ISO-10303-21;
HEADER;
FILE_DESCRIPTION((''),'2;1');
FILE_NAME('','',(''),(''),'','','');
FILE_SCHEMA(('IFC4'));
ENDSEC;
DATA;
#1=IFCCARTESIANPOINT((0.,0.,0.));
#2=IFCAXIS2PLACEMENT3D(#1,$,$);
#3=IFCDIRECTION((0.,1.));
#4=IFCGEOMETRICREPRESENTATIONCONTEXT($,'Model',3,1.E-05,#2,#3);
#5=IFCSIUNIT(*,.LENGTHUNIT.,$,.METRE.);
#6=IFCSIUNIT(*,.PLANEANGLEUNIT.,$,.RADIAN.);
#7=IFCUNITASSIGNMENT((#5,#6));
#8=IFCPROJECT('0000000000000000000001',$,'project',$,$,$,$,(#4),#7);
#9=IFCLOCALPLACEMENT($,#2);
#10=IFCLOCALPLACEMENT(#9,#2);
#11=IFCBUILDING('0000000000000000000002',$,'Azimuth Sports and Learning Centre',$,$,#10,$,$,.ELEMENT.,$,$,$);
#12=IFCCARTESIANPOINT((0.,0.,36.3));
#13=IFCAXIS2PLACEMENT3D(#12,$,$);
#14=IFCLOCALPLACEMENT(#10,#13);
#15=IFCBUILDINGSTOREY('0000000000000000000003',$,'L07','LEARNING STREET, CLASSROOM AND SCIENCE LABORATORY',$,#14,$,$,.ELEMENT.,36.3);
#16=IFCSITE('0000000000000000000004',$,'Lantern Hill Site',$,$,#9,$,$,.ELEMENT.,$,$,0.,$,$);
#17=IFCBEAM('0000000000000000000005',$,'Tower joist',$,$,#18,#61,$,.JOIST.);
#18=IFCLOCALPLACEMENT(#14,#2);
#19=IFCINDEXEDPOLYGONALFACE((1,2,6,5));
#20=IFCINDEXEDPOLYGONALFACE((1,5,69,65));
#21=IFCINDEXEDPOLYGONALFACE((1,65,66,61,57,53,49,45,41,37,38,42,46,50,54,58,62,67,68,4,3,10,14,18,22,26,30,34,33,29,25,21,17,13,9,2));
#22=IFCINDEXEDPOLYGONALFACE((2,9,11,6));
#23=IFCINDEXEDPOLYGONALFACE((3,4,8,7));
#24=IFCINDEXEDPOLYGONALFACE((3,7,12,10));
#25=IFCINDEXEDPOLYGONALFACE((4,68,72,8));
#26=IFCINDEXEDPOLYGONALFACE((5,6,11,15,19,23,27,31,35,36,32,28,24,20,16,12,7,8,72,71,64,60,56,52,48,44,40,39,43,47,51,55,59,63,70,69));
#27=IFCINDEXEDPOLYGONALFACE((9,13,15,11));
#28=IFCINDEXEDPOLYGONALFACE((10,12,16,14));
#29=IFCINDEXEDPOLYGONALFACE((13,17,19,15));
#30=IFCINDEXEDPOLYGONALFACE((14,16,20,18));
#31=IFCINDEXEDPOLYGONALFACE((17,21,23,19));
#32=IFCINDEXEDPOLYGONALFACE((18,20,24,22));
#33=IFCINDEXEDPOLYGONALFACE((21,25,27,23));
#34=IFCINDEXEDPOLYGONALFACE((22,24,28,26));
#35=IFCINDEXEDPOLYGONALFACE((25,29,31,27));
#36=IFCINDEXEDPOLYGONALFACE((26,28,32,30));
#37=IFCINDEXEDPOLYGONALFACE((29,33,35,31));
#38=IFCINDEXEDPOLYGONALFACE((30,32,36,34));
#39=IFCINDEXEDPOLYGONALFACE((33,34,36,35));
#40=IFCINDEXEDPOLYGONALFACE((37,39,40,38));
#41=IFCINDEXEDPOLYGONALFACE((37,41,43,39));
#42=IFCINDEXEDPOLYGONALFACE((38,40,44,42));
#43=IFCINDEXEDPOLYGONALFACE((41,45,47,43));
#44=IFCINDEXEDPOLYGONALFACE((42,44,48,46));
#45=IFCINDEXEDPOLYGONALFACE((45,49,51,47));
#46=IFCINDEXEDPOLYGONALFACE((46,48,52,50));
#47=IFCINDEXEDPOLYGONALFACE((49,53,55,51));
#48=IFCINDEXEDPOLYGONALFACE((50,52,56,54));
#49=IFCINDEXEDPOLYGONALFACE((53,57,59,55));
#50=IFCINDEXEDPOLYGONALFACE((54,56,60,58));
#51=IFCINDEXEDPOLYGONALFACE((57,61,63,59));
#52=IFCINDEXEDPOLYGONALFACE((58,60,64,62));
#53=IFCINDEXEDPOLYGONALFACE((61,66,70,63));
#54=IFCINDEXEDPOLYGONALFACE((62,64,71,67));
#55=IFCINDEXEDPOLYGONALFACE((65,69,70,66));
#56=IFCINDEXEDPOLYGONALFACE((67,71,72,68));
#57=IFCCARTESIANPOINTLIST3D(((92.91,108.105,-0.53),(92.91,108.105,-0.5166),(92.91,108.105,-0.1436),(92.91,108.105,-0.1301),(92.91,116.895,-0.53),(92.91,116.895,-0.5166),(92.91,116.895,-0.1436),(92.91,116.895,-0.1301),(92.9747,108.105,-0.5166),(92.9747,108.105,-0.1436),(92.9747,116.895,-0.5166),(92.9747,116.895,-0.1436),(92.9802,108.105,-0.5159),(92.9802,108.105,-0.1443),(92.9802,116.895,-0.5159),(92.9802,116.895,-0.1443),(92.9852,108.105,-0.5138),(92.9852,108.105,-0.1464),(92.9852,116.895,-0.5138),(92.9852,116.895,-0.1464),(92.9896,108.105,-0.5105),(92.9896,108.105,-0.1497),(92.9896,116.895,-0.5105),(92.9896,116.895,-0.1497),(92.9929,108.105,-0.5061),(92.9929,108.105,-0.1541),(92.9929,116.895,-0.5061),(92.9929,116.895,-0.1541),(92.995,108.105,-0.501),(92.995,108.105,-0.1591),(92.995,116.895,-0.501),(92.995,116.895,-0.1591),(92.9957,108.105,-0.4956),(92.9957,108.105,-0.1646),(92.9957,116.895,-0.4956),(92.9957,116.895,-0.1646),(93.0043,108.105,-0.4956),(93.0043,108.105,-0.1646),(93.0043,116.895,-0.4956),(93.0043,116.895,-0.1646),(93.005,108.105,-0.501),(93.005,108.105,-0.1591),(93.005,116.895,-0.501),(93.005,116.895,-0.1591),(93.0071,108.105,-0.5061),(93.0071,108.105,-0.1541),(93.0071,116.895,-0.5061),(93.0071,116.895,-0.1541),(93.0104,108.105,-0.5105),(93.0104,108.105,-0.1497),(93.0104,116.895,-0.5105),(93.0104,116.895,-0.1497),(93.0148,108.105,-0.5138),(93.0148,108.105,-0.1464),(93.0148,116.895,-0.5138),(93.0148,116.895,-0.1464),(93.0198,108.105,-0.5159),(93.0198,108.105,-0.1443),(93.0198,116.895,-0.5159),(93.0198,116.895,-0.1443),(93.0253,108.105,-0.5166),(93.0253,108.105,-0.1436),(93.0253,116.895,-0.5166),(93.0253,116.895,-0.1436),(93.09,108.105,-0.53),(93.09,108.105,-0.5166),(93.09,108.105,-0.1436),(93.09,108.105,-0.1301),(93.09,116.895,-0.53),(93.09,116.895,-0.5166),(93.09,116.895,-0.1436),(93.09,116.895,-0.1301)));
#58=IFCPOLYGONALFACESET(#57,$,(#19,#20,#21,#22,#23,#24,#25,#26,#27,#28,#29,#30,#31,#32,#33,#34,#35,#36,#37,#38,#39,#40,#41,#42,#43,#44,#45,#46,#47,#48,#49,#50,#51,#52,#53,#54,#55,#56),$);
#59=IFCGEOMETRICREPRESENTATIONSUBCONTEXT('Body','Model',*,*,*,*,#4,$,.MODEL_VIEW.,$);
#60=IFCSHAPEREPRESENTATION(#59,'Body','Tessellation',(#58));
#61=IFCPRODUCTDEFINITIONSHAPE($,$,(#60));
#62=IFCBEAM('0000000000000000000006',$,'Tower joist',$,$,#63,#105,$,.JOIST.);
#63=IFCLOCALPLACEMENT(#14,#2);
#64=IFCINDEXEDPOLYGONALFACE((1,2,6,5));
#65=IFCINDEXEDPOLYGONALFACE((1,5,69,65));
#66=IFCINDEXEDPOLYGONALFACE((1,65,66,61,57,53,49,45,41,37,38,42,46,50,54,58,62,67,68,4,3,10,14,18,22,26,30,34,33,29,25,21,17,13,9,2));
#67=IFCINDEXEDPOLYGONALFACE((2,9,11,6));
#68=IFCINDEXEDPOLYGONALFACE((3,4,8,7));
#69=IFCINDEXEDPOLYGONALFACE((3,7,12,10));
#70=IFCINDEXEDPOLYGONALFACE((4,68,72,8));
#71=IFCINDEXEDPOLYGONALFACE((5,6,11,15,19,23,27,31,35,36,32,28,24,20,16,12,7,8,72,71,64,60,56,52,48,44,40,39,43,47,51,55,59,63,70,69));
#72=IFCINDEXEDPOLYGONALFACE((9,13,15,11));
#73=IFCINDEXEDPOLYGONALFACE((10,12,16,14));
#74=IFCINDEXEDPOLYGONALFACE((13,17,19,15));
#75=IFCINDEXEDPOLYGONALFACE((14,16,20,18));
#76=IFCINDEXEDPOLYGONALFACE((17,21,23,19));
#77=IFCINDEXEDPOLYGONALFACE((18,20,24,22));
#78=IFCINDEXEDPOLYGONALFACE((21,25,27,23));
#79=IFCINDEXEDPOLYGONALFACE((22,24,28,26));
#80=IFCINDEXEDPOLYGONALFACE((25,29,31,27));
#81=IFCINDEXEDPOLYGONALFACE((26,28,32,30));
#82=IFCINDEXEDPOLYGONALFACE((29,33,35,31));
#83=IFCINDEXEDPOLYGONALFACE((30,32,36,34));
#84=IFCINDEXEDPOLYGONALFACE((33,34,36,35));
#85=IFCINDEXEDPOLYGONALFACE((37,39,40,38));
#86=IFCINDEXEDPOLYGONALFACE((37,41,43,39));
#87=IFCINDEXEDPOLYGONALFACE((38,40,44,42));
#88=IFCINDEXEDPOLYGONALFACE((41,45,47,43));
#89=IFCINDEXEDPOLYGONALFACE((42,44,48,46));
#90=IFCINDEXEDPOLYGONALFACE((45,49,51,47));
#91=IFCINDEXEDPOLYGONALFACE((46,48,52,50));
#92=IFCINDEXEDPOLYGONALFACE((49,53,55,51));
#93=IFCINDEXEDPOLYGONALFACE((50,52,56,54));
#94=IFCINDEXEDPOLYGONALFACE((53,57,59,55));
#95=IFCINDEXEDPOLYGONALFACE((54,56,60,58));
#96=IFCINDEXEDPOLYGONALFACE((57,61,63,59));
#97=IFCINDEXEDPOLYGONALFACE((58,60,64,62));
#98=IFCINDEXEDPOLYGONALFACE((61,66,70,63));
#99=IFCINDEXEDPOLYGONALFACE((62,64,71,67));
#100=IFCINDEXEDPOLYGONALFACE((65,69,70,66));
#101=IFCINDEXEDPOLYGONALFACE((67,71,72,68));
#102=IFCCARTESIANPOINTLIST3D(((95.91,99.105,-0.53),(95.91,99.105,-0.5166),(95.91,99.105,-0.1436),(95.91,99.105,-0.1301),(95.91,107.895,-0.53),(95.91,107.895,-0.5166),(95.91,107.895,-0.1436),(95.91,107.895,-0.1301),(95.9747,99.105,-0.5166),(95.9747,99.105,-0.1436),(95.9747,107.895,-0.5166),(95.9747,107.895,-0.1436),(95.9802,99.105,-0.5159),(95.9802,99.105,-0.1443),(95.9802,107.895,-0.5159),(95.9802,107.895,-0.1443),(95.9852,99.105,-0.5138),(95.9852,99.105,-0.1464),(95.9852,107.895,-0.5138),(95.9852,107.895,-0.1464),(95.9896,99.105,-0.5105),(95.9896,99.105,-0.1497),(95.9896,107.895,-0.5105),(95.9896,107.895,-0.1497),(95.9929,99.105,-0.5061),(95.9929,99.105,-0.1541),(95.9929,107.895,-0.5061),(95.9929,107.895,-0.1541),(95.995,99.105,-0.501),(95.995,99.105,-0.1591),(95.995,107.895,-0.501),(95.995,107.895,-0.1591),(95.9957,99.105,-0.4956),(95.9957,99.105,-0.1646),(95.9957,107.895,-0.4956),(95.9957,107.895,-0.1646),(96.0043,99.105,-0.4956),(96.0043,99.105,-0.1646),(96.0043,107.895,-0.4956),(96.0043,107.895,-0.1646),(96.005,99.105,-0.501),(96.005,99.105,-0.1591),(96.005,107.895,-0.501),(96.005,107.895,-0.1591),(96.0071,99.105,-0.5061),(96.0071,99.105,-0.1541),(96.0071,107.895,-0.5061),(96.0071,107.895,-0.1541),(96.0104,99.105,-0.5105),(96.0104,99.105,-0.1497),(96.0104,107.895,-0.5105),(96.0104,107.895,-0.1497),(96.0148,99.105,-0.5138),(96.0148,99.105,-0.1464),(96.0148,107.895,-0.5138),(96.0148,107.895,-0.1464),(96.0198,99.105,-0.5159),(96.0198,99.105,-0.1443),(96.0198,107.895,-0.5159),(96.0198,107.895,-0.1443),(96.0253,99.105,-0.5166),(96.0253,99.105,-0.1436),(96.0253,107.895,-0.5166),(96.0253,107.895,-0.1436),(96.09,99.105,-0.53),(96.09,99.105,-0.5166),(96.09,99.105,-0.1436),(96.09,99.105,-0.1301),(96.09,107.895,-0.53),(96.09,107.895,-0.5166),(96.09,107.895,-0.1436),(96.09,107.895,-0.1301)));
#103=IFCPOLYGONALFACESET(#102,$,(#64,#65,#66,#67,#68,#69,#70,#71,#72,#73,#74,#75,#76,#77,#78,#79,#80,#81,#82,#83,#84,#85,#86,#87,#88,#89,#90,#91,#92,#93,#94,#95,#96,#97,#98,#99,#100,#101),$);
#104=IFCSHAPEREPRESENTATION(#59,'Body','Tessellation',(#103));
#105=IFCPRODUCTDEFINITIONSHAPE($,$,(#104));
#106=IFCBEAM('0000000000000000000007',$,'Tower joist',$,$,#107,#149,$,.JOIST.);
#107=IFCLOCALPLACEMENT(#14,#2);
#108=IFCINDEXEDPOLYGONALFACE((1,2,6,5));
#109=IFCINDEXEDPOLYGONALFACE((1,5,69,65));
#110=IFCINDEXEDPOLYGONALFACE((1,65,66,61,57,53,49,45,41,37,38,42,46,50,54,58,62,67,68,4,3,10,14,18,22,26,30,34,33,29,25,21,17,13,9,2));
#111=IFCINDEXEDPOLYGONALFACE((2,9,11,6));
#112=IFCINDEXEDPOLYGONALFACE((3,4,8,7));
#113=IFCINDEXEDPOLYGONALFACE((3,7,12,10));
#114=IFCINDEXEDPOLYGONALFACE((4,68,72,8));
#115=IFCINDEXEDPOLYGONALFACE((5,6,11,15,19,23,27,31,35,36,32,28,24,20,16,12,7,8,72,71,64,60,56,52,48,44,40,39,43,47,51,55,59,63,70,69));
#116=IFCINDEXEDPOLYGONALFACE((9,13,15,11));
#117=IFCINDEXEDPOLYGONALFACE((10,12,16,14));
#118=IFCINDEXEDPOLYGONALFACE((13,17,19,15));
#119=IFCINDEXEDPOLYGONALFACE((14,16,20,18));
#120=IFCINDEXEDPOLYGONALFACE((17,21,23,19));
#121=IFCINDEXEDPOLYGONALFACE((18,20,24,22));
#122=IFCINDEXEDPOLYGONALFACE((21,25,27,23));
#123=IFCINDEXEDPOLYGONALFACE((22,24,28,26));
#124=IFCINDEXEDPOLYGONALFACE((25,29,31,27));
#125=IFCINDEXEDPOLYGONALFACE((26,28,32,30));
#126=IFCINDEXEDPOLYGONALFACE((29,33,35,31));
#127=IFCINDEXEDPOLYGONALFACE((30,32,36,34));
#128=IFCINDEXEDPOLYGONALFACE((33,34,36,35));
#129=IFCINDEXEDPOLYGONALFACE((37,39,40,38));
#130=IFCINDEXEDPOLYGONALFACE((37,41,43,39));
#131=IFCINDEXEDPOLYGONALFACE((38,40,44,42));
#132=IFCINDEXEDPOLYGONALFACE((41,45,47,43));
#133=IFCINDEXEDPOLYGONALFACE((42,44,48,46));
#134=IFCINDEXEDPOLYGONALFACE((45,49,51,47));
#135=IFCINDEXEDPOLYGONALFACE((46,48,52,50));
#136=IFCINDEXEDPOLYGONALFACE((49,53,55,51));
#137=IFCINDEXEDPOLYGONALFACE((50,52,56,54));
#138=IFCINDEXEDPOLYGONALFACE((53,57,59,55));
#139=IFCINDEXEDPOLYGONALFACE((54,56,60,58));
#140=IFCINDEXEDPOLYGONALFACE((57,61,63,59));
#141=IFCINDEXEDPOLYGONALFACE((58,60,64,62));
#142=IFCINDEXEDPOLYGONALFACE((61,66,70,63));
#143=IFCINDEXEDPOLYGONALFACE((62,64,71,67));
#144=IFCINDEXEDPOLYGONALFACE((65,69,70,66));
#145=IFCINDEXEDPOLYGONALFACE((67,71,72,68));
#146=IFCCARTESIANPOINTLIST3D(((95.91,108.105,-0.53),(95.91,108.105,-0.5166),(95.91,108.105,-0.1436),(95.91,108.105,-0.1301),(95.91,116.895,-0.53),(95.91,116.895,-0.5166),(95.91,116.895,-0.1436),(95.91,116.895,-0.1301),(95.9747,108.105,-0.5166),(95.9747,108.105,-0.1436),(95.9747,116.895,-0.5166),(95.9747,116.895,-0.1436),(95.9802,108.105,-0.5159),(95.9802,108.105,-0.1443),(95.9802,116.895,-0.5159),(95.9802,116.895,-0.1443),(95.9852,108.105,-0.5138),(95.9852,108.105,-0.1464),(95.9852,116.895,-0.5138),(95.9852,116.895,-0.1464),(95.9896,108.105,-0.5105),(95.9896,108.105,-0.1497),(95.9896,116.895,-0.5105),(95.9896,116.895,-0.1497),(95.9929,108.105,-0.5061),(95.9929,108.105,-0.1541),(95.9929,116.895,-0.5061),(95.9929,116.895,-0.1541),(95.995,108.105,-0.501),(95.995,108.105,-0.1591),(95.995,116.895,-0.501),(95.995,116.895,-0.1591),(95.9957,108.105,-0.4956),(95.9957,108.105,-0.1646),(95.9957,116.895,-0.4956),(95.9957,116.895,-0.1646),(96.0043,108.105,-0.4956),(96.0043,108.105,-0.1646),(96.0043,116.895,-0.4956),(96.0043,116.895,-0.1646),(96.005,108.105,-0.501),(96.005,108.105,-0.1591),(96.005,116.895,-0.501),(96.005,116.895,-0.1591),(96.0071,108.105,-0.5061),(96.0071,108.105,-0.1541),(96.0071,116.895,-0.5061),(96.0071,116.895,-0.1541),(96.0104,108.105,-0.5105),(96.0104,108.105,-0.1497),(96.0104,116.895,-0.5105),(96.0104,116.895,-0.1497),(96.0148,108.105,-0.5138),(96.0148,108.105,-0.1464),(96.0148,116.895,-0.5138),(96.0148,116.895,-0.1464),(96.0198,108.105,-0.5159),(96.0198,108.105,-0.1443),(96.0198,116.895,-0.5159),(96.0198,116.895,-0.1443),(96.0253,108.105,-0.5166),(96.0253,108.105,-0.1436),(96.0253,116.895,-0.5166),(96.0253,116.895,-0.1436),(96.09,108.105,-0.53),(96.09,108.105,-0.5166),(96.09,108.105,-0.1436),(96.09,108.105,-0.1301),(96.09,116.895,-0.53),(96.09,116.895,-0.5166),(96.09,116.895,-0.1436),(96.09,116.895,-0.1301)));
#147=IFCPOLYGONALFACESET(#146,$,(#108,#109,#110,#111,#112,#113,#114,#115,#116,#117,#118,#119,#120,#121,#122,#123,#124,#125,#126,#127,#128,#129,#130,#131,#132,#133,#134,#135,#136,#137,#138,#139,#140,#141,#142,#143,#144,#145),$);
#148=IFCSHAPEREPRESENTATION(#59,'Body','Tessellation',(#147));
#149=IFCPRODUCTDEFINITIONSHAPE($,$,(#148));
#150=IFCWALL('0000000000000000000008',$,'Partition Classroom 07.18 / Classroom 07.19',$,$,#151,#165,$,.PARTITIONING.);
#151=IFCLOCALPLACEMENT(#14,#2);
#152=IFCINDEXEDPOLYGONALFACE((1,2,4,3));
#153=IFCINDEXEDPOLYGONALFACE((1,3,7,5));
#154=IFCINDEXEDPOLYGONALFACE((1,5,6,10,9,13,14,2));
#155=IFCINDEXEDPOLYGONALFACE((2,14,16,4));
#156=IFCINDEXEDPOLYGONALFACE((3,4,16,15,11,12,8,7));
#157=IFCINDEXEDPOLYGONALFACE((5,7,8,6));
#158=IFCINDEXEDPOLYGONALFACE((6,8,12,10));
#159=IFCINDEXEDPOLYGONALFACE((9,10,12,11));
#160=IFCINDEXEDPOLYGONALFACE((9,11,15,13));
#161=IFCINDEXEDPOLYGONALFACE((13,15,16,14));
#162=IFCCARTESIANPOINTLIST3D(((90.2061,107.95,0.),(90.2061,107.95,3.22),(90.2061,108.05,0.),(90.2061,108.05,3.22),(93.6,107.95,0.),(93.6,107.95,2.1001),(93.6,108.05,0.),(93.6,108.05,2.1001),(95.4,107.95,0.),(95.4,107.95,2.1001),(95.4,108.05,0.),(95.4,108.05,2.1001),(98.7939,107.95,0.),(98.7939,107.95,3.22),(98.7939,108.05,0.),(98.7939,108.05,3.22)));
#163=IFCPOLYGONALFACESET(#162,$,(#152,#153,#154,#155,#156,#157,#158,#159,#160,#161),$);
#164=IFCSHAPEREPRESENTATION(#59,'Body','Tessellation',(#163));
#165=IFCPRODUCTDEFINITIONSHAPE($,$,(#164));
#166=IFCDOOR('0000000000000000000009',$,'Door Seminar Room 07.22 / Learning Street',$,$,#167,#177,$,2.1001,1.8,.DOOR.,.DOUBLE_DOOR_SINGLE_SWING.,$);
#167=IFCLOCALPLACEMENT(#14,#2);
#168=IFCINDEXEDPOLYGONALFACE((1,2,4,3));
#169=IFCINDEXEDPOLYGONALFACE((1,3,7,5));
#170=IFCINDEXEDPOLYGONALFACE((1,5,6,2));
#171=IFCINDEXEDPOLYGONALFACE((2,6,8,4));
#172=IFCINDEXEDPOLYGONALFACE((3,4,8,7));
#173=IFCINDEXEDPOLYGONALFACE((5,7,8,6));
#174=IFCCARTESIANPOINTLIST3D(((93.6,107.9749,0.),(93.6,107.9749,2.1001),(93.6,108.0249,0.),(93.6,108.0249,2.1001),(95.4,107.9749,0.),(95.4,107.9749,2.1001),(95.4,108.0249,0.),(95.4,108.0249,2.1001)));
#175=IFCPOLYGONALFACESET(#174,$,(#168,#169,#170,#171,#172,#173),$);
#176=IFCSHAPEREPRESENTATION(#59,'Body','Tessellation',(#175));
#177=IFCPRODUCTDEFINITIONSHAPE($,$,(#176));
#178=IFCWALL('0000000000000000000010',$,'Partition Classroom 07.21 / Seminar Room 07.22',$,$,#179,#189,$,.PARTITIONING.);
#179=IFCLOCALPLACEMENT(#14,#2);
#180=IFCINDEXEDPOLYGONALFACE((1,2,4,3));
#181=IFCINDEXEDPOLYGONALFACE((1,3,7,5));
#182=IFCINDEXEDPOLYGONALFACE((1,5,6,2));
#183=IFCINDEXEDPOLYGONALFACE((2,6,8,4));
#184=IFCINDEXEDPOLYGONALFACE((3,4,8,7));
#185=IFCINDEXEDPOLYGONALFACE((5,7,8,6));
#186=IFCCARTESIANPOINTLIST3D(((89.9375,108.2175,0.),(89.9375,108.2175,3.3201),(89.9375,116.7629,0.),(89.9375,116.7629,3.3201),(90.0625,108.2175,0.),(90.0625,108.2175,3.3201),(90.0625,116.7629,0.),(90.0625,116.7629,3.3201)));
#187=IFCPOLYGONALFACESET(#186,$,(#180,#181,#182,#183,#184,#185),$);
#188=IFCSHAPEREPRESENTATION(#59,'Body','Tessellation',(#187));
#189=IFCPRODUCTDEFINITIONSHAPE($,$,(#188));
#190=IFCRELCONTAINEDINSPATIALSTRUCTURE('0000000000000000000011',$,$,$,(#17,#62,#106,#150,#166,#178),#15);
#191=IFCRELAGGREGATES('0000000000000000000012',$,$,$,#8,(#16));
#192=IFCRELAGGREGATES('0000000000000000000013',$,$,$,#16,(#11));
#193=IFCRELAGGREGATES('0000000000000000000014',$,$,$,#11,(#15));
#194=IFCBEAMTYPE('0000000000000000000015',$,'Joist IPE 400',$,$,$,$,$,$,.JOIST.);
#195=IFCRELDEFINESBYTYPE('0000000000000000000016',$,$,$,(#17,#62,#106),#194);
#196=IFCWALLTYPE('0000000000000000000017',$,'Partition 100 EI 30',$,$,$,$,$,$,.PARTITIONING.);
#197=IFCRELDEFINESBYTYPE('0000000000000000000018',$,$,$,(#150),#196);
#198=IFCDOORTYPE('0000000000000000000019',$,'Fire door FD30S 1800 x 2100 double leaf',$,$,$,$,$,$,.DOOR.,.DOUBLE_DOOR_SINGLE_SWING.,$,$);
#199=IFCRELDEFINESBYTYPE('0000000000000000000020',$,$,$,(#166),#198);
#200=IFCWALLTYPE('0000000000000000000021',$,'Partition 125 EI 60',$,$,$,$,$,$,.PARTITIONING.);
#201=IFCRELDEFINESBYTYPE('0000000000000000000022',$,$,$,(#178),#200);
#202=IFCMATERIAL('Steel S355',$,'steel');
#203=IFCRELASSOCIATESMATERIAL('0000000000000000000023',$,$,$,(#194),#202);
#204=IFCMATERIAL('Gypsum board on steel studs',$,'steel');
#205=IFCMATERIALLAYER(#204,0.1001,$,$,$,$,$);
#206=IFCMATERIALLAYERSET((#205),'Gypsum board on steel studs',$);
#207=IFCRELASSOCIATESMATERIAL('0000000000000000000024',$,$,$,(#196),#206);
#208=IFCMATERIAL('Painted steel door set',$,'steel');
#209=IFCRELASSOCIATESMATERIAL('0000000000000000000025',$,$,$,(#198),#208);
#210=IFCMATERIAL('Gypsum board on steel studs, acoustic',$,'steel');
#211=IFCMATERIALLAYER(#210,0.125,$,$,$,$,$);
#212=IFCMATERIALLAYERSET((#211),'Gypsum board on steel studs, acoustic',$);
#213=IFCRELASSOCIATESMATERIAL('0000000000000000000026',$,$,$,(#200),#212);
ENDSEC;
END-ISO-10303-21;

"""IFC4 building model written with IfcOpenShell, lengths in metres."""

from ifc_helpers import new_model, si_unit, direction, frame, frame_2d, origin, origin_2d, place, context, subcontext, project, spatial, rectangle, i_section, extrude, material, layer, layer_set, material_profile, profile_set, type_object, element, fill, save


model = new_model("IFC4")

# Units and contexts
model_context = context("Model", 3, precision=1e-05, world=origin(), true_north=direction((0.0, 1.0)))
body_context = subcontext(model_context, "Body", "Model", "MODEL_VIEW")
ifc_project = project(units=[si_unit("LENGTHUNIT", "METRE"), si_unit("PLANEANGLEUNIT", "RADIAN")], contexts=[model_context])

# Site, building, storey
site_placement = place(None, origin())
site = spatial("IfcSite", under=ifc_project, at=site_placement, Name="Lantern Hill Site", CompositionType="ELEMENT", RefElevation=0.0)
building_placement = place(site_placement, origin())
building = spatial("IfcBuilding", under=site, at=building_placement, Name="Azimuth Sports and Learning Centre", CompositionType="ELEMENT")
storey_placement = place(building_placement, frame((0.0, 0.0, 36.3)))
storey = spatial("IfcBuildingStorey", under=building, at=storey_placement, Name="L07", Description="LEARNING STREET, CLASSROOM AND SCIENCE LABORATORY", CompositionType="ELEMENT", Elevation=36.3)

# Beams
ifc_material_1 = material(Name="Steel S355", Category="steel")
ifc_material_profile_1 = material_profile(ifc_material_1, i_section(OverallWidth=0.1799, OverallDepth=0.3999, WebThickness=0.0085, FlangeThickness=0.0134, FilletRadius=0.021, at=origin_2d()), Name="IPE 400")
ifc_profile_set_1 = profile_set([ifc_material_profile_1], Name="Steel S355")
beam_type_1 = type_object("IfcBeamType", Name="Joist IPE 400", PredefinedType="JOIST", material=ifc_profile_set_1)
for number, where, z_axis, x_axis, name in (
    (1, (93.0, 108.105, -0.3301), (0.0, 1.0, 0.0), (-1.0, 0.0, 0.0), "Tower joist"),
    (2, (96.0, 99.105, -0.3301), (0.0, 1.0, 0.0), (-1.0, 0.0, 0.0), "Tower joist"),
    (3, (96.0, 108.105, -0.3301), (0.0, 1.0, 0.0), (-1.0, 0.0, 0.0), "Tower joist"),
):
    element("IfcBeam", number, at=place(storey_placement, frame(where, z_axis=z_axis, x_axis=x_axis)), inside=storey, type_object=beam_type_1, Name=name, PredefinedType="JOIST", context=body_context, shape_type="SweptSolid", body=[
        extrude(i_section(OverallWidth=0.1799, OverallDepth=0.3999, WebThickness=0.0085, FlangeThickness=0.0134, FilletRadius=0.021, at=origin_2d()), origin(), (0.0, 0.0, 1.0), 8.79),
    ])

# Wall, opening, door
ifc_material_2 = material(Name="Gypsum board on steel studs", Category="steel")
ifc_layer_1 = layer(ifc_material_2, 0.1001)
ifc_layer_set_1 = layer_set([ifc_layer_1], Name="Gypsum board on steel studs")
wall_type_1 = type_object("IfcWallType", Name="Partition 100 EI 30", PredefinedType="PARTITIONING", material=ifc_layer_set_1)
wall_1_placement = place(storey_placement, frame((90.2061, 108.0, 0.0), z_axis=(0.0, 0.0, 1.0), x_axis=(1.0, 0.0, 0.0)))
wall_1 = element("IfcWall", 4, at=wall_1_placement, inside=storey, type_object=wall_type_1, Name="Partition Classroom 07.18 / Classroom 07.19", PredefinedType="PARTITIONING", context=body_context, shape_type="SweptSolid", body=[
    extrude(rectangle(XDim=8.5879, YDim=0.1001, at=frame_2d((4.2939, 0.0))), origin(), (0.0, 0.0, 1.0), 3.22),
])
opening_1_placement = place(wall_1_placement, frame((3.394, 0.0, 0.0)))
opening_1 = element("IfcOpeningElement", 5, at=opening_1_placement, cuts=wall_1, PredefinedType="OPENING", context=body_context, shape_type="SweptSolid", body=[
    extrude(rectangle(XDim=1.8, YDim=2.1001, at=frame_2d((0.8999, 1.05))), frame((0.0, 0.061, 0.0), z_axis=(0.0, -1.0, 0.0), x_axis=(1.0, 0.0, 0.0)), (0.0, 0.0, 1.0), 0.1221),
])
ifc_material_3 = material(Name="Painted steel door set", Category="steel")
door_type_1 = type_object("IfcDoorType", Name="Fire door FD30S 1800 x 2100 double leaf", OperationType="DOUBLE_DOOR_SINGLE_SWING", PredefinedType="DOOR", material=ifc_material_3)
door_1_placement = place(opening_1_placement, origin())
door_1 = element("IfcDoor", 6, at=door_1_placement, inside=storey, type_object=door_type_1, Name="Door Seminar Room 07.22 / Learning Street", OperationType="DOUBLE_DOOR_SINGLE_SWING", OverallHeight=2.1001, OverallWidth=1.8, PredefinedType="DOOR", context=body_context, shape_type="SweptSolid", body=[
    extrude(rectangle(XDim=1.8, YDim=2.1001, at=frame_2d((0.8999, 1.05))), frame((0.0, 0.0249, 0.0), z_axis=(0.0, -1.0, 0.0), x_axis=(1.0, 0.0, 0.0)), (0.0, 0.0, 1.0), 0.05),
])
fill(opening_1, door_1)

# Wall
ifc_material_4 = material(Name="Gypsum board on steel studs, acoustic", Category="steel")
ifc_layer_2 = layer(ifc_material_4, 0.125)
ifc_layer_set_2 = layer_set([ifc_layer_2], Name="Gypsum board on steel studs, acoustic")
wall_type_2 = type_object("IfcWallType", Name="Partition 125 EI 60", PredefinedType="PARTITIONING", material=ifc_layer_set_2)
wall_2_placement = place(storey_placement, frame((90.0, 108.2175, 0.0), z_axis=(0.0, 0.0, 1.0), x_axis=(0.0, 1.0, 0.0)))
element("IfcWall", 7, at=wall_2_placement, inside=storey, type_object=wall_type_2, Name="Partition Classroom 07.21 / Seminar Room 07.22", PredefinedType="PARTITIONING", context=body_context, shape_type="SweptSolid", body=[
    extrude(rectangle(XDim=8.5454, YDim=0.125, at=frame_2d((4.2727, 0.0))), origin(), (0.0, 0.0, 1.0), 3.3201),
])

save(model, "model.ifc")
